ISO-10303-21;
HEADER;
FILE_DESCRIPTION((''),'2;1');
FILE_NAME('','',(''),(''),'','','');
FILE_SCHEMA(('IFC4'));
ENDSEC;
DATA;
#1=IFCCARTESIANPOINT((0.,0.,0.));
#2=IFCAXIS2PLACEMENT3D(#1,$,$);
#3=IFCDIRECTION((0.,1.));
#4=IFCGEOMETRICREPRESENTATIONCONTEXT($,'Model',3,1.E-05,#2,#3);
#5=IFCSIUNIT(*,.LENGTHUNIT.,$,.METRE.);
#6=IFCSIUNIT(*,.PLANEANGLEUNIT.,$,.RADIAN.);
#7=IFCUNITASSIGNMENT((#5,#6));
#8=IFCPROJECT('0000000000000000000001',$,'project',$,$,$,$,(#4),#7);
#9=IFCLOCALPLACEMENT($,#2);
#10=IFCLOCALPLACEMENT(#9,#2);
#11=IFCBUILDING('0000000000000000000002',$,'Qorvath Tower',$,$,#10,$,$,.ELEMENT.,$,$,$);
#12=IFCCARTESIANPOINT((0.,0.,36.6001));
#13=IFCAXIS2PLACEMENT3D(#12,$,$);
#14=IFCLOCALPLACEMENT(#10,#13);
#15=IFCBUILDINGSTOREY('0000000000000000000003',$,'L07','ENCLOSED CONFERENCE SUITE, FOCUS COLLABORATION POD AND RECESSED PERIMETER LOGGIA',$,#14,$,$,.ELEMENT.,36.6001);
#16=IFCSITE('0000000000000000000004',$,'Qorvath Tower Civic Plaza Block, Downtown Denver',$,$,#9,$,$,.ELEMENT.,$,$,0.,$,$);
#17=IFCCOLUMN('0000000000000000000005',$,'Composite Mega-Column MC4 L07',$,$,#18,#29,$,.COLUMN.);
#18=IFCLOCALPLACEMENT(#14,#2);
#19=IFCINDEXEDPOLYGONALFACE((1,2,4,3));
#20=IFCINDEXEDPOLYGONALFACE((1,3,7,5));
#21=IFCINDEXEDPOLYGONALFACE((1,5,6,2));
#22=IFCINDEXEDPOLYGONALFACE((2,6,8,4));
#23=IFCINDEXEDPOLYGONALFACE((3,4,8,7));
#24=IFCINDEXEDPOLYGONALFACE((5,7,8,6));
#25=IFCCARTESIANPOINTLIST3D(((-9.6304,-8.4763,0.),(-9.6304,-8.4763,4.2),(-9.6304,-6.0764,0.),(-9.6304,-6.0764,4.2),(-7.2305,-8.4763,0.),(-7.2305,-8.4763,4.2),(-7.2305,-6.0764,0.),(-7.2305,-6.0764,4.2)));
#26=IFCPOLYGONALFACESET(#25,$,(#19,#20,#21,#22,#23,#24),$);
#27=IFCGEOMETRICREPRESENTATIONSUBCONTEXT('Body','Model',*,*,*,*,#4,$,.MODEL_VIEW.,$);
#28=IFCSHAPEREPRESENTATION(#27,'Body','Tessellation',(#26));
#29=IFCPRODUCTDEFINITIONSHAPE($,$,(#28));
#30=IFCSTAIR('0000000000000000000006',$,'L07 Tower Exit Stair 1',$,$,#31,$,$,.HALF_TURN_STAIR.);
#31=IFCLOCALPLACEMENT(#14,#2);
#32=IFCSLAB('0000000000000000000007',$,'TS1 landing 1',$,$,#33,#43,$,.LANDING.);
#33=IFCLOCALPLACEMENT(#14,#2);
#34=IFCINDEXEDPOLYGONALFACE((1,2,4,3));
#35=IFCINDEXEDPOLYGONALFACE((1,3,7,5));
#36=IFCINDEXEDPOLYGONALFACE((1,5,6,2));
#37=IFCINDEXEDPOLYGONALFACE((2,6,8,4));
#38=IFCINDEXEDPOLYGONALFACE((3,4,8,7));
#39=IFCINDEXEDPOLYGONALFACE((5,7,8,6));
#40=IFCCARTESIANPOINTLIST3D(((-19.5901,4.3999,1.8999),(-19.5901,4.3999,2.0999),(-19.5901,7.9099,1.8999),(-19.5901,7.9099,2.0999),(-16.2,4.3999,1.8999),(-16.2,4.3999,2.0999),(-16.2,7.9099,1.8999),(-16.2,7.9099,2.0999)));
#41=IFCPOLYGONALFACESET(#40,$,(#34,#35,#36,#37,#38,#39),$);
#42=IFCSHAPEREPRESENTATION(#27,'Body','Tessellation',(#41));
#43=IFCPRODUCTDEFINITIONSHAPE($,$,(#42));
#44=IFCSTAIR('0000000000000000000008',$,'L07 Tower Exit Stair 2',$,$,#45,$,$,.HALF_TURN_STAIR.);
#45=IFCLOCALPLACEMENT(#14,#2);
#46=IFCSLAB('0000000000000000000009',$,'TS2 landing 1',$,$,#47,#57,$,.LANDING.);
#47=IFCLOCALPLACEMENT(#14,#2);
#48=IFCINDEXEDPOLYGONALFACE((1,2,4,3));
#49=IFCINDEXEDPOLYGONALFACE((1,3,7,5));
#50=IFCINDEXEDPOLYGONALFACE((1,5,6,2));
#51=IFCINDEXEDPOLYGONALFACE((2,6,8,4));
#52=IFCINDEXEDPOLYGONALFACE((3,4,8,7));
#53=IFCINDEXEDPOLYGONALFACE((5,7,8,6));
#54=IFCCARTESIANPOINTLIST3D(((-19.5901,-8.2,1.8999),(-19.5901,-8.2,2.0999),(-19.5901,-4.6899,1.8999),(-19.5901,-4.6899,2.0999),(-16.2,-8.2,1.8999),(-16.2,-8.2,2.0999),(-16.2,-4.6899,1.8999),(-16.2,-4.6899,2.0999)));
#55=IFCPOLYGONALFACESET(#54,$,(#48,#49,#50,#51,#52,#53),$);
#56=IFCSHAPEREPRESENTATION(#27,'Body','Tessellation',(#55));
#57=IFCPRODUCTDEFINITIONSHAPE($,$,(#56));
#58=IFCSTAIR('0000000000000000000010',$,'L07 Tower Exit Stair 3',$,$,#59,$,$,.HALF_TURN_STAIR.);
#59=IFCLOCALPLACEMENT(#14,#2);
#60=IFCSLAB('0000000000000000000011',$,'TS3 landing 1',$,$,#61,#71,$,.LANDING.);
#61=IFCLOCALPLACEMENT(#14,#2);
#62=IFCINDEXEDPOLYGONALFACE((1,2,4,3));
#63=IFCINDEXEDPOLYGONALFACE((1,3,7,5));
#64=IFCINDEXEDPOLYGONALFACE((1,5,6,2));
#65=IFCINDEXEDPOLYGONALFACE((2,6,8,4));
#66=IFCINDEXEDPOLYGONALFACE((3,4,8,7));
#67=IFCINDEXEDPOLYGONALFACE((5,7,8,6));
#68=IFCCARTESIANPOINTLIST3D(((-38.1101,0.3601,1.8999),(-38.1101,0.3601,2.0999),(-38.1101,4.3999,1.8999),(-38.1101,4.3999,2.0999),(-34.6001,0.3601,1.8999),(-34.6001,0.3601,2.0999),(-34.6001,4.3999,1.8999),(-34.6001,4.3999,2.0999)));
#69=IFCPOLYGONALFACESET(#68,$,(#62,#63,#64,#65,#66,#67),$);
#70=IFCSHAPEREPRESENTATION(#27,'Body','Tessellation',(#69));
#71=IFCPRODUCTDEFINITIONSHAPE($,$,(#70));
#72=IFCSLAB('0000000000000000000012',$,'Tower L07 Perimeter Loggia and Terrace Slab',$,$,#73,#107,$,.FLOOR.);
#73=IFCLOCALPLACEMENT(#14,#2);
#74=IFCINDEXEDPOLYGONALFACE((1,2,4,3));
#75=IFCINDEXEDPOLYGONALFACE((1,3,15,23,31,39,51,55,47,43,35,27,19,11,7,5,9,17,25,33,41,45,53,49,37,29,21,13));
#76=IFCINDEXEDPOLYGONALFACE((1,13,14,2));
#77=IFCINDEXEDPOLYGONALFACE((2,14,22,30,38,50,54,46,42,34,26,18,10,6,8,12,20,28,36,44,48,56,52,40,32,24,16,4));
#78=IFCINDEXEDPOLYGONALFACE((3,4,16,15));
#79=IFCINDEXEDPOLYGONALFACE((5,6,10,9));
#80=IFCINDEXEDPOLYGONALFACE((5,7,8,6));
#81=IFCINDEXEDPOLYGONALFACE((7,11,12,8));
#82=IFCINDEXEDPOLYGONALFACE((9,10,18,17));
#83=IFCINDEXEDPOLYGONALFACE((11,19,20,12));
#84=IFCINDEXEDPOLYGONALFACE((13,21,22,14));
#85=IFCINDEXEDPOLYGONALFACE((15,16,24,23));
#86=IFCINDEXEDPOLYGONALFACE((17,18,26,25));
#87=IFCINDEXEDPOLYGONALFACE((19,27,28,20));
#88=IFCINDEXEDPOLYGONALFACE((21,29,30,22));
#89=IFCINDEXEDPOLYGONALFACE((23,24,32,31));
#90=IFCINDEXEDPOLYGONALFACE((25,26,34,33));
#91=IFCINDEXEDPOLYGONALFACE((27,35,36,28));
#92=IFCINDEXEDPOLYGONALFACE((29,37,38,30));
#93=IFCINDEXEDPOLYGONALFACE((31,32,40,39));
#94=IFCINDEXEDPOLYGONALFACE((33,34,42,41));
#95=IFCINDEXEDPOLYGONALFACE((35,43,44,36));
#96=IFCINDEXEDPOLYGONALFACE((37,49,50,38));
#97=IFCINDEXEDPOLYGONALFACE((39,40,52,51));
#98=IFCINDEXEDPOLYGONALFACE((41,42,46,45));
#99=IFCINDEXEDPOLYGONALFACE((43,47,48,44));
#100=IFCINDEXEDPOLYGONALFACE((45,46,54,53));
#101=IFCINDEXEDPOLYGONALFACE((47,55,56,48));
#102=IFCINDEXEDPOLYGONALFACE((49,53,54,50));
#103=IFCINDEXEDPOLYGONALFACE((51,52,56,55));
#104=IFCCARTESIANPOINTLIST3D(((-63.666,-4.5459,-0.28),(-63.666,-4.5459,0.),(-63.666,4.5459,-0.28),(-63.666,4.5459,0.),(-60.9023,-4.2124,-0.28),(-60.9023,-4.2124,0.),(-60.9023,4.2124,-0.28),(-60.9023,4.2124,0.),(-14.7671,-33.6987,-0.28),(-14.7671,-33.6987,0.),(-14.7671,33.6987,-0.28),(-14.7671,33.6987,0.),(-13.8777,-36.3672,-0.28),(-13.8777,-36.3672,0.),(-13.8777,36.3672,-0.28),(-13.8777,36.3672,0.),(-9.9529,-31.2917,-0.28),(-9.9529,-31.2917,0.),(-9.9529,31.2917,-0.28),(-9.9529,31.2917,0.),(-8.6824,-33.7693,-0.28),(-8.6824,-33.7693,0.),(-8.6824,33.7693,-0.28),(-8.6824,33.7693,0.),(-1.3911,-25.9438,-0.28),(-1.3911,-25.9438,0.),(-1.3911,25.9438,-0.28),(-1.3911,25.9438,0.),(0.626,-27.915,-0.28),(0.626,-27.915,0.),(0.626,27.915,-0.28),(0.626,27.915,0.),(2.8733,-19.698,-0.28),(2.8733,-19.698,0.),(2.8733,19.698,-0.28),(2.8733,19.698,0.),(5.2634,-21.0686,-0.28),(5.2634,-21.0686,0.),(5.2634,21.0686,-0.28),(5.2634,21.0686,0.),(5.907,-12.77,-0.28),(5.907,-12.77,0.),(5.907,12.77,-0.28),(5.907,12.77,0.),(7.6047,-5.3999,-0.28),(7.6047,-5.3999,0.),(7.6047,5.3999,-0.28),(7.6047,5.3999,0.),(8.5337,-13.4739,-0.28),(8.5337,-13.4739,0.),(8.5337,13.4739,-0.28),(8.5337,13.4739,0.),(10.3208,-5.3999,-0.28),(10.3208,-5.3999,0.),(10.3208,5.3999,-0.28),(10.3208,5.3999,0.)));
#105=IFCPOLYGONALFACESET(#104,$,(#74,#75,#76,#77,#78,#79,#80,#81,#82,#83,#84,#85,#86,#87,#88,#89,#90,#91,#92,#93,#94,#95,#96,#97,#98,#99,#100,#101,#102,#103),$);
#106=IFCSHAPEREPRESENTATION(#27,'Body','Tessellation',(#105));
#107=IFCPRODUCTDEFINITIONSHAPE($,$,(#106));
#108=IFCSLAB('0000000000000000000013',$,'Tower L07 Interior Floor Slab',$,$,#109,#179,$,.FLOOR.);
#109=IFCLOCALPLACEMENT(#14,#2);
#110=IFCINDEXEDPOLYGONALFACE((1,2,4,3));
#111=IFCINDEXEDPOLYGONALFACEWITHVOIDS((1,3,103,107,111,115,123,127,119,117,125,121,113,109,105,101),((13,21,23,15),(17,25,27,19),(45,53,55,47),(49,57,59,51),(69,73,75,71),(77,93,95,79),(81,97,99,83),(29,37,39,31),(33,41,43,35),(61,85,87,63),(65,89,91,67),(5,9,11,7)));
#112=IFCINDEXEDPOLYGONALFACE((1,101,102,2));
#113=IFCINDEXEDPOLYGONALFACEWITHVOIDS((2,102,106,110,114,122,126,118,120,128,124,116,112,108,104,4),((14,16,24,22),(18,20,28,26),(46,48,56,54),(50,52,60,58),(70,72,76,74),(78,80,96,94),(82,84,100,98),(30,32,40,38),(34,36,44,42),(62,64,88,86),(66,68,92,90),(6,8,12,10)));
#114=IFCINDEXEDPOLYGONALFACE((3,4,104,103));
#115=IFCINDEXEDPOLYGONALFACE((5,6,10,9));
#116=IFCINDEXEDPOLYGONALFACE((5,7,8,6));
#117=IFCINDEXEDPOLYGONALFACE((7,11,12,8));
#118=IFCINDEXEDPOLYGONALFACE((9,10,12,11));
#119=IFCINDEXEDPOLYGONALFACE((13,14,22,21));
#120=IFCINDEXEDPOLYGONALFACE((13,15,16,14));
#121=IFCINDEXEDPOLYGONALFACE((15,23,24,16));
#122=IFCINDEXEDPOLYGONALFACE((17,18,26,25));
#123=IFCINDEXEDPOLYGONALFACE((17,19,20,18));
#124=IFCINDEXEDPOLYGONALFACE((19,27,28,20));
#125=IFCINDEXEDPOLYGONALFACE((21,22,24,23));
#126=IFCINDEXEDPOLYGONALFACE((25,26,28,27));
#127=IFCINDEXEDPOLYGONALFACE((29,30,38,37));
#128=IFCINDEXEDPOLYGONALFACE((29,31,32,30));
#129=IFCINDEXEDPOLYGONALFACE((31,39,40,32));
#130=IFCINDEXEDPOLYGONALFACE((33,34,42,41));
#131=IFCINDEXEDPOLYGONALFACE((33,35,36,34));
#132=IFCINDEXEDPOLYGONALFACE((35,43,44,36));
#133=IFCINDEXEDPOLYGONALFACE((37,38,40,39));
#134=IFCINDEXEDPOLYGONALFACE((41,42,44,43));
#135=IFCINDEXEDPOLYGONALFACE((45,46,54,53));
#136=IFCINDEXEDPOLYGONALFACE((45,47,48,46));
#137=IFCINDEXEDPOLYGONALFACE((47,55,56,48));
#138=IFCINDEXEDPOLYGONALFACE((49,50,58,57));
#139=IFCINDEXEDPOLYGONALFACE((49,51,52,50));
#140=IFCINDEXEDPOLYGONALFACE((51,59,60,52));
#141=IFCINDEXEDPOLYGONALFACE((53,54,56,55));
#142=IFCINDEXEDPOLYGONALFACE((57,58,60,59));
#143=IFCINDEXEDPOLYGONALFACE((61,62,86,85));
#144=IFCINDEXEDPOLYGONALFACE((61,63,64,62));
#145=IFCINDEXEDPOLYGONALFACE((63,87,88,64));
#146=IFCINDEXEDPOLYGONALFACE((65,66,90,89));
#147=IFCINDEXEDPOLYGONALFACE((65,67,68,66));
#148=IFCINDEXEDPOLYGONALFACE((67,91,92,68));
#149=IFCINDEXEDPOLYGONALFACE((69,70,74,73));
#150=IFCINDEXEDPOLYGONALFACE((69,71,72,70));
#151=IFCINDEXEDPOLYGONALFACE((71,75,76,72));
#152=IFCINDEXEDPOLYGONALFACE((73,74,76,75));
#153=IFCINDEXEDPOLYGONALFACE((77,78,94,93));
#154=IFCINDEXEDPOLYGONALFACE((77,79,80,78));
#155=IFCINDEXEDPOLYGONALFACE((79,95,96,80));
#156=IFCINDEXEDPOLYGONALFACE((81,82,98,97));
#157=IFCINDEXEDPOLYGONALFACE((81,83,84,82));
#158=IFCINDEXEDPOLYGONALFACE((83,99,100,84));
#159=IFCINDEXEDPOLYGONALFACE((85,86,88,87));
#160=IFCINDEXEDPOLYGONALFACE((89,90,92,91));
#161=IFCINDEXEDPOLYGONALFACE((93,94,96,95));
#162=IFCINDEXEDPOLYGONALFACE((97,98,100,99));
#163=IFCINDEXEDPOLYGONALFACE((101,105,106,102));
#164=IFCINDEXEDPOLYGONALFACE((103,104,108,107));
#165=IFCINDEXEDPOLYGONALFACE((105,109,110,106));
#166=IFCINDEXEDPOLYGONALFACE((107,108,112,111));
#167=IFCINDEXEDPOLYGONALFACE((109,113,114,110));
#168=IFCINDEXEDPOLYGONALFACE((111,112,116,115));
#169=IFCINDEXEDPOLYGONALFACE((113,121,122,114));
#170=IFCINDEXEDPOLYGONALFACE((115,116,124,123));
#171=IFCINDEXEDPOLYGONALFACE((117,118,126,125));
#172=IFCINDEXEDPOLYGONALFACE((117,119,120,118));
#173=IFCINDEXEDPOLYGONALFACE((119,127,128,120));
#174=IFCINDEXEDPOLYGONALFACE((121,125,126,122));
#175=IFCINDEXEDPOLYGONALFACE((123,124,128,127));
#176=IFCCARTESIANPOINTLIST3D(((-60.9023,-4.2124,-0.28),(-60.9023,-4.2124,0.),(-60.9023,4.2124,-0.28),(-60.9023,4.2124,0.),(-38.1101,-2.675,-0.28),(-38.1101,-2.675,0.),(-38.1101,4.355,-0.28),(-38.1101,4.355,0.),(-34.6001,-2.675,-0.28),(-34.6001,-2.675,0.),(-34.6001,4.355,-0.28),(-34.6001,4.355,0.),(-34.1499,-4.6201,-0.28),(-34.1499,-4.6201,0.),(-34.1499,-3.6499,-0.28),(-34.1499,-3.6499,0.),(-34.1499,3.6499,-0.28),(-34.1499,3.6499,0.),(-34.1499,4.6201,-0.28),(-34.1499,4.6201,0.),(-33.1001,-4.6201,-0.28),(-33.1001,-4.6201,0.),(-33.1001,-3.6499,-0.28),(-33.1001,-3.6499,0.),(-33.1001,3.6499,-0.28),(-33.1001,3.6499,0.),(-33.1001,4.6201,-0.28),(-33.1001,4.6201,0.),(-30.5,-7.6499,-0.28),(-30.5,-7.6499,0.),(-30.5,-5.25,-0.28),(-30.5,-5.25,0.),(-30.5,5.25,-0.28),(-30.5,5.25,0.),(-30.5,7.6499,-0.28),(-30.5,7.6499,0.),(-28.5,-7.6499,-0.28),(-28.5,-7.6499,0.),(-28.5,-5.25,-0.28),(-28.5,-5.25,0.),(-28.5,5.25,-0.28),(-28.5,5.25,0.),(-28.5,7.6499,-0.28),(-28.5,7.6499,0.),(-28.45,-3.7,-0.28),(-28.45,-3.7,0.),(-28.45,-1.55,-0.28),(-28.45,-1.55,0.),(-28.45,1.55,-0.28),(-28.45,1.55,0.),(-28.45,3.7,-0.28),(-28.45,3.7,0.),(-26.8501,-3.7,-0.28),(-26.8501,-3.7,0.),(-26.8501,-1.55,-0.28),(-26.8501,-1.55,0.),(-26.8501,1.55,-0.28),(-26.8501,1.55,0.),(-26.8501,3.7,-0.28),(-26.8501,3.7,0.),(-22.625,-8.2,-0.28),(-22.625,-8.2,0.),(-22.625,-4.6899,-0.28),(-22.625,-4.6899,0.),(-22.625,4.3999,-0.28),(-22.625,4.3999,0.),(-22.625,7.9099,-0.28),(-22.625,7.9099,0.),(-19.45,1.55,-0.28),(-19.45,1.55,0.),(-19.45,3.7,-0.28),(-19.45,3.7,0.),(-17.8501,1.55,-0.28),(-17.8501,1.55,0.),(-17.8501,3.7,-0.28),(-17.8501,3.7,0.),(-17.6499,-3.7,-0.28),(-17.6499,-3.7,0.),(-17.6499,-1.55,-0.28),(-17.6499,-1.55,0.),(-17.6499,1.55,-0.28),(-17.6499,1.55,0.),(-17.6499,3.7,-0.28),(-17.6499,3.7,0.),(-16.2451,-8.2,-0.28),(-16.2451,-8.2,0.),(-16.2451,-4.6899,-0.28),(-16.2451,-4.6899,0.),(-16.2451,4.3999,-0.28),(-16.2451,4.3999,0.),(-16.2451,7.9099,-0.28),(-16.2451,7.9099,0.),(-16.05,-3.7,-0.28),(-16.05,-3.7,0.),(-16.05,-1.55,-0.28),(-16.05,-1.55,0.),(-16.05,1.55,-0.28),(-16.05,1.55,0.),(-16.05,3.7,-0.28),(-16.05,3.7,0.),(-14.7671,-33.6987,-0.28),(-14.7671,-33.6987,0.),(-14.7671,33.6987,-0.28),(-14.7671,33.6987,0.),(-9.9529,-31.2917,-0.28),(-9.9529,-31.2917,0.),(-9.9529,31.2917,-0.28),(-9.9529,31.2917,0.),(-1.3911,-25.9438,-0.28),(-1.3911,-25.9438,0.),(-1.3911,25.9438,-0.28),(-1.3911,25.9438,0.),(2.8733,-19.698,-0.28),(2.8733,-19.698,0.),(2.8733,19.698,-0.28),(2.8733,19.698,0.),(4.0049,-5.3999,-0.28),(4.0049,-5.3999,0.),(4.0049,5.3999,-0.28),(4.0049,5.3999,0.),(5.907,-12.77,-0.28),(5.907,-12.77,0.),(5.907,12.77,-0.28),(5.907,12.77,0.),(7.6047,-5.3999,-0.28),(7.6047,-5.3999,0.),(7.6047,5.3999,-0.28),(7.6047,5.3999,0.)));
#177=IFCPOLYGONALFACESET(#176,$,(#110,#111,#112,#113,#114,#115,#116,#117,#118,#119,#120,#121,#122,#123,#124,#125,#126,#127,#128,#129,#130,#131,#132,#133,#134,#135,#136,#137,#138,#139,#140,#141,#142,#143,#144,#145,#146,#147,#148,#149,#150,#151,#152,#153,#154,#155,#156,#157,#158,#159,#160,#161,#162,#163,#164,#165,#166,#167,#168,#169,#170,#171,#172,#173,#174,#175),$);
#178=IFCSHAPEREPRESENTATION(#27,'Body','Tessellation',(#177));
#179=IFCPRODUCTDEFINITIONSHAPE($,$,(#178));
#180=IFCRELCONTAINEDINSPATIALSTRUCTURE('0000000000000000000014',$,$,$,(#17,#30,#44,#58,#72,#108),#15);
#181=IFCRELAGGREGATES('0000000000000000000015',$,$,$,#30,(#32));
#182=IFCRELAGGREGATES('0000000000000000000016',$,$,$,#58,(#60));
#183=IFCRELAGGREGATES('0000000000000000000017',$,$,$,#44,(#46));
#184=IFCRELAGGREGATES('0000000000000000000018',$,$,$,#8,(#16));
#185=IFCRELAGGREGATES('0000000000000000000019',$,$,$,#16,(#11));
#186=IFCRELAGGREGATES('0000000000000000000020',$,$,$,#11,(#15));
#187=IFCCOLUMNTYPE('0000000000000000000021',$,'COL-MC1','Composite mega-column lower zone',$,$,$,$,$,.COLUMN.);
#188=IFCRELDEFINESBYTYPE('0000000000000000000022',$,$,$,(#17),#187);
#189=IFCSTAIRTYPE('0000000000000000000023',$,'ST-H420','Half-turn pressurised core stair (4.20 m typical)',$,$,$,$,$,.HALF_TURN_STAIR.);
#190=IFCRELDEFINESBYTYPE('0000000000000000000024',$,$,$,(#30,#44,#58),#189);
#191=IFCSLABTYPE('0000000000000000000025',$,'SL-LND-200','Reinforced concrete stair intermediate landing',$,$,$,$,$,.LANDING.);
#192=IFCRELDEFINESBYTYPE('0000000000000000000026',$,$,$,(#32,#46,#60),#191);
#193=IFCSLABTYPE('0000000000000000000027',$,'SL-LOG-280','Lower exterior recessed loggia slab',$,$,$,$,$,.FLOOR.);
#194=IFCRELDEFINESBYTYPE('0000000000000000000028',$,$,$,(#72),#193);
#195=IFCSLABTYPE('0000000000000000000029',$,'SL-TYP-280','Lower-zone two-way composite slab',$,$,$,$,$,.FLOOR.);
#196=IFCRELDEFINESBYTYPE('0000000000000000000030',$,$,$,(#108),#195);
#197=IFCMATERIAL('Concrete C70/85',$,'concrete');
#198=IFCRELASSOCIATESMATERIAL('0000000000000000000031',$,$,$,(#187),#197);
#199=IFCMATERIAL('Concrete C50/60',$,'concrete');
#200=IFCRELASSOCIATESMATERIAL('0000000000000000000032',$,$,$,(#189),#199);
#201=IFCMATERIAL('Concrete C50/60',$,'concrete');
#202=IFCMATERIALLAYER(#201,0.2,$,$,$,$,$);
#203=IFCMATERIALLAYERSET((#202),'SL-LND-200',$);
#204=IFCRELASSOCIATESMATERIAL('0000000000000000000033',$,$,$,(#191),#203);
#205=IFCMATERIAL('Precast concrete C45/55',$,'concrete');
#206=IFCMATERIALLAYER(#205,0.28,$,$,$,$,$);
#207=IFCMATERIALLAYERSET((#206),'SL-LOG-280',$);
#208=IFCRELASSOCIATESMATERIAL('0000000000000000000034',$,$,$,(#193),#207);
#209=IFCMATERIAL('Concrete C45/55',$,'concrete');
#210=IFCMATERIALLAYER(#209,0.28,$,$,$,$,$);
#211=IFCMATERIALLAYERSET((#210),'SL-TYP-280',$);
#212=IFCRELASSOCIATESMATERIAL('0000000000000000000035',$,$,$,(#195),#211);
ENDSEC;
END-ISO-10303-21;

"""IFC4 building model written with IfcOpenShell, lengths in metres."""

from ifc_helpers import new_model, si_unit, direction, frame, origin, origin_2d, place, context, subcontext, project, spatial, polyline, rectangle, outline, extrude, material, layer, layer_set, material_profile, profile_set, type_object, element, aggregate, save


model = new_model("IFC4")

# Units and contexts
model_context = context("Model", 3, precision=1e-05, world=origin(), true_north=direction((0.0, 1.0)))
body_context = subcontext(model_context, "Body", "Model", "MODEL_VIEW")
ifc_project = project(units=[si_unit("LENGTHUNIT", "METRE"), si_unit("PLANEANGLEUNIT", "RADIAN")], contexts=[model_context])

# Site, building, storey
site_placement = place(None, origin())
site = spatial("IfcSite", under=ifc_project, at=site_placement, Name="Qorvath Tower Civic Plaza Block, Downtown Denver", CompositionType="ELEMENT", RefElevation=0.0)
building_placement = place(site_placement, origin())
building = spatial("IfcBuilding", under=site, at=building_placement, Name="Qorvath Tower", CompositionType="ELEMENT")
storey_placement = place(building_placement, frame((0.0, 0.0, 36.6001)))
storey = spatial("IfcBuildingStorey", under=building, at=storey_placement, Name="L07", Description="ENCLOSED CONFERENCE SUITE, FOCUS COLLABORATION POD AND RECESSED PERIMETER LOGGIA", CompositionType="ELEMENT", Elevation=36.6001)

# Column
ifc_material_1 = material(Name="Concrete C70/85", Category="concrete")
ifc_material_profile = material_profile(ifc_material_1, rectangle(XDim=2.3999, YDim=2.3999, at=origin_2d()), Name="MC 2400x2400")
ifc_profile_set = profile_set([ifc_material_profile], Name="Concrete C70/85")
column_type = type_object("IfcColumnType", Name="COL-MC1", Description="Composite mega-column lower zone", PredefinedType="COLUMN", material=ifc_profile_set)
column_placement = place(storey_placement, frame((-8.4304, -7.2764, 0.0), z_axis=(0.0, 0.0, 1.0), x_axis=(1.0, 0.0, 0.0)))
element("IfcColumn", 1, at=column_placement, inside=storey, type_object=column_type, Name="Composite Mega-Column MC4 L07", PredefinedType="COLUMN", context=body_context, shape_type="SweptSolid", body=[
    extrude(rectangle(XDim=2.3999, YDim=2.3999, at=origin_2d()), origin(), (0.0, 0.0, 1.0), 4.2),
])

# Stairs, slabs
ifc_material_2 = material(Name="Concrete C50/60", Category="concrete")
stair_type = type_object("IfcStairType", Name="ST-H420", Description="Half-turn pressurised core stair (4.20 m typical)", PredefinedType="HALF_TURN_STAIR", material=ifc_material_2)
stair_1_placement = place(storey_placement, origin())
stair_1 = element("IfcStair", 2, at=stair_1_placement, inside=storey, type_object=stair_type, Name="L07 Tower Exit Stair 1", PredefinedType="HALF_TURN_STAIR")
ifc_material_3 = material(Name="Concrete C50/60", Category="concrete")
ifc_layer_1 = layer(ifc_material_3, 0.2)
ifc_layer_set_1 = layer_set([ifc_layer_1], Name="SL-LND-200")
slab_type_1 = type_object("IfcSlabType", Name="SL-LND-200", Description="Reinforced concrete stair intermediate landing", PredefinedType="LANDING", material=ifc_layer_set_1)
slab_1_placement = place(storey_placement, frame((0.0, 0.0, 1.8999)))
slab_1 = element("IfcSlab", 3, at=slab_1_placement, type_object=slab_type_1, Name="TS1 landing 1", PredefinedType="LANDING", context=body_context, shape_type="SweptSolid", body=[
    extrude(outline(polyline([(-19.5901, 4.3999), (-16.2, 4.3999), (-16.2, 7.9099), (-19.5901, 7.9099), (-19.5901, 4.3999)])), origin(), (0.0, 0.0, 1.0), 0.2),
])
aggregate(stair_1, [slab_1])
stair_2_placement = place(storey_placement, origin())
stair_2 = element("IfcStair", 4, at=stair_2_placement, inside=storey, type_object=stair_type, Name="L07 Tower Exit Stair 2", PredefinedType="HALF_TURN_STAIR")
slab_2_placement = place(storey_placement, frame((0.0, 0.0, 1.8999)))
slab_2 = element("IfcSlab", 5, at=slab_2_placement, type_object=slab_type_1, Name="TS2 landing 1", PredefinedType="LANDING", context=body_context, shape_type="SweptSolid", body=[
    extrude(outline(polyline([(-19.5901, -8.2), (-16.2, -8.2), (-16.2, -4.6899), (-19.5901, -4.6899), (-19.5901, -8.2)])), origin(), (0.0, 0.0, 1.0), 0.2),
])
stair_3_placement = place(storey_placement, origin())
stair_3 = element("IfcStair", 6, at=stair_3_placement, inside=storey, type_object=stair_type, Name="L07 Tower Exit Stair 3", PredefinedType="HALF_TURN_STAIR")
slab_3_placement = place(storey_placement, frame((0.0, 0.0, 1.8999)))
slab_3 = element("IfcSlab", 7, at=slab_3_placement, type_object=slab_type_1, Name="TS3 landing 1", PredefinedType="LANDING", context=body_context, shape_type="SweptSolid", body=[
    extrude(outline(polyline([(-34.6001, 0.3601), (-34.6001, 4.3999), (-38.1101, 4.3999), (-38.1101, 0.3601), (-34.6001, 0.3601)])), origin(), (0.0, 0.0, 1.0), 0.2),
])
aggregate(stair_3, [slab_3])

# Slabs
ifc_material_4 = material(Name="Precast concrete C45/55", Category="concrete")
ifc_layer_2 = layer(ifc_material_4, 0.28)
ifc_layer_set_2 = layer_set([ifc_layer_2], Name="SL-LOG-280")
slab_type_2 = type_object("IfcSlabType", Name="SL-LOG-280", Description="Lower exterior recessed loggia slab", PredefinedType="FLOOR", material=ifc_layer_set_2)
slab_4_placement = place(storey_placement, frame((0.0, 0.0, -0.28)))
element("IfcSlab", 8, at=slab_4_placement, inside=storey, type_object=slab_type_2, Name="Tower L07 Perimeter Loggia and Terrace Slab", PredefinedType="FLOOR", context=body_context, shape_type="SweptSolid", body=[
    extrude(outline(polyline([(7.6047, -5.3999), (5.907, -12.77), (2.8733, -19.698), (-1.3911, -25.9438), (-9.9529, -31.2917), (-14.7671, -33.6987), (-60.9023, -4.2124), (-60.9023, 4.2124), (-14.7671, 33.6987), (-9.9529, 31.2917), (-1.3911, 25.9438), (2.8733, 19.698), (5.907, 12.77), (7.6047, 5.3999), (10.3208, 5.3999), (8.5337, 13.4739), (5.2634, 21.0686), (0.626, 27.915), (-8.6824, 33.7693), (-13.8777, 36.3672), (-63.666, 4.5459), (-63.666, -4.5459), (-13.8777, -36.3672), (-8.6824, -33.7693), (0.626, -27.915), (5.2634, -21.0686), (8.5337, -13.4739), (10.3208, -5.3999), (7.6047, -5.3999)])), origin(), (0.0, 0.0, 1.0), 0.28),
])
ifc_material_5 = material(Name="Concrete C45/55", Category="concrete")
ifc_layer_3 = layer(ifc_material_5, 0.28)
ifc_layer_set_3 = layer_set([ifc_layer_3], Name="SL-TYP-280")
slab_type_3 = type_object("IfcSlabType", Name="SL-TYP-280", Description="Lower-zone two-way composite slab", PredefinedType="FLOOR", material=ifc_layer_set_3)
slab_5_placement = place(storey_placement, frame((0.0, 0.0, -0.28)))
element("IfcSlab", 9, at=slab_5_placement, inside=storey, type_object=slab_type_3, Name="Tower L07 Interior Floor Slab", PredefinedType="FLOOR", context=body_context, shape_type="SweptSolid", body=[
    extrude(outline(polyline([(-60.9023, 4.2124), (-60.9023, -4.2124), (-14.7671, -33.6987), (-9.9529, -31.2917), (-1.3911, -25.9438), (2.8733, -19.698), (5.907, -12.77), (7.6047, -5.3999), (4.0049, -5.3999), (4.0049, 5.3999), (7.6047, 5.3999), (5.907, 12.77), (2.8733, 19.698), (-1.3911, 25.9438), (-9.9529, 31.2917), (-14.7671, 33.6987), (-60.9023, 4.2124)]), holes=[polyline([(-17.6499, -3.7), (-17.6499, -1.55), (-16.05, -1.55), (-16.05, -3.7), (-17.6499, -3.7)]), polyline([(-17.6499, 1.55), (-17.6499, 3.7), (-16.05, 3.7), (-16.05, 1.55), (-17.6499, 1.55)]), polyline([(-16.2451, -8.2), (-22.625, -8.2), (-22.625, -4.6899), (-16.2451, -4.6899), (-16.2451, -8.2)]), polyline([(-22.625, 4.3999), (-22.625, 7.9099), (-16.2451, 7.9099), (-16.2451, 4.3999), (-22.625, 4.3999)]), polyline([(-17.8501, 1.55), (-19.45, 1.55), (-19.45, 3.7), (-17.8501, 3.7), (-17.8501, 1.55)]), polyline([(-28.45, -3.7), (-28.45, -1.55), (-26.8501, -1.55), (-26.8501, -3.7), (-28.45, -3.7)]), polyline([(-26.8501, 1.55), (-28.45, 1.55), (-28.45, 3.7), (-26.8501, 3.7), (-26.8501, 1.55)]), polyline([(-28.5, -7.6499), (-30.5, -7.6499), (-30.5, -5.25), (-28.5, -5.25), (-28.5, -7.6499)]), polyline([(-30.5, 5.25), (-30.5, 7.6499), (-28.5, 7.6499), (-28.5, 5.25), (-30.5, 5.25)]), polyline([(-34.1499, -4.6201), (-34.1499, -3.6499), (-33.1001, -3.6499), (-33.1001, -4.6201), (-34.1499, -4.6201)]), polyline([(-34.1499, 3.6499), (-34.1499, 4.6201), (-33.1001, 4.6201), (-33.1001, 3.6499), (-34.1499, 3.6499)]), polyline([(-34.6001, -2.675), (-38.1101, -2.675), (-38.1101, 4.355), (-34.6001, 4.355), (-34.6001, -2.675)])]), origin(), (0.0, 0.0, 1.0), 0.28),
])

aggregate(stair_2, [slab_2])

save(model, "model.ifc")
